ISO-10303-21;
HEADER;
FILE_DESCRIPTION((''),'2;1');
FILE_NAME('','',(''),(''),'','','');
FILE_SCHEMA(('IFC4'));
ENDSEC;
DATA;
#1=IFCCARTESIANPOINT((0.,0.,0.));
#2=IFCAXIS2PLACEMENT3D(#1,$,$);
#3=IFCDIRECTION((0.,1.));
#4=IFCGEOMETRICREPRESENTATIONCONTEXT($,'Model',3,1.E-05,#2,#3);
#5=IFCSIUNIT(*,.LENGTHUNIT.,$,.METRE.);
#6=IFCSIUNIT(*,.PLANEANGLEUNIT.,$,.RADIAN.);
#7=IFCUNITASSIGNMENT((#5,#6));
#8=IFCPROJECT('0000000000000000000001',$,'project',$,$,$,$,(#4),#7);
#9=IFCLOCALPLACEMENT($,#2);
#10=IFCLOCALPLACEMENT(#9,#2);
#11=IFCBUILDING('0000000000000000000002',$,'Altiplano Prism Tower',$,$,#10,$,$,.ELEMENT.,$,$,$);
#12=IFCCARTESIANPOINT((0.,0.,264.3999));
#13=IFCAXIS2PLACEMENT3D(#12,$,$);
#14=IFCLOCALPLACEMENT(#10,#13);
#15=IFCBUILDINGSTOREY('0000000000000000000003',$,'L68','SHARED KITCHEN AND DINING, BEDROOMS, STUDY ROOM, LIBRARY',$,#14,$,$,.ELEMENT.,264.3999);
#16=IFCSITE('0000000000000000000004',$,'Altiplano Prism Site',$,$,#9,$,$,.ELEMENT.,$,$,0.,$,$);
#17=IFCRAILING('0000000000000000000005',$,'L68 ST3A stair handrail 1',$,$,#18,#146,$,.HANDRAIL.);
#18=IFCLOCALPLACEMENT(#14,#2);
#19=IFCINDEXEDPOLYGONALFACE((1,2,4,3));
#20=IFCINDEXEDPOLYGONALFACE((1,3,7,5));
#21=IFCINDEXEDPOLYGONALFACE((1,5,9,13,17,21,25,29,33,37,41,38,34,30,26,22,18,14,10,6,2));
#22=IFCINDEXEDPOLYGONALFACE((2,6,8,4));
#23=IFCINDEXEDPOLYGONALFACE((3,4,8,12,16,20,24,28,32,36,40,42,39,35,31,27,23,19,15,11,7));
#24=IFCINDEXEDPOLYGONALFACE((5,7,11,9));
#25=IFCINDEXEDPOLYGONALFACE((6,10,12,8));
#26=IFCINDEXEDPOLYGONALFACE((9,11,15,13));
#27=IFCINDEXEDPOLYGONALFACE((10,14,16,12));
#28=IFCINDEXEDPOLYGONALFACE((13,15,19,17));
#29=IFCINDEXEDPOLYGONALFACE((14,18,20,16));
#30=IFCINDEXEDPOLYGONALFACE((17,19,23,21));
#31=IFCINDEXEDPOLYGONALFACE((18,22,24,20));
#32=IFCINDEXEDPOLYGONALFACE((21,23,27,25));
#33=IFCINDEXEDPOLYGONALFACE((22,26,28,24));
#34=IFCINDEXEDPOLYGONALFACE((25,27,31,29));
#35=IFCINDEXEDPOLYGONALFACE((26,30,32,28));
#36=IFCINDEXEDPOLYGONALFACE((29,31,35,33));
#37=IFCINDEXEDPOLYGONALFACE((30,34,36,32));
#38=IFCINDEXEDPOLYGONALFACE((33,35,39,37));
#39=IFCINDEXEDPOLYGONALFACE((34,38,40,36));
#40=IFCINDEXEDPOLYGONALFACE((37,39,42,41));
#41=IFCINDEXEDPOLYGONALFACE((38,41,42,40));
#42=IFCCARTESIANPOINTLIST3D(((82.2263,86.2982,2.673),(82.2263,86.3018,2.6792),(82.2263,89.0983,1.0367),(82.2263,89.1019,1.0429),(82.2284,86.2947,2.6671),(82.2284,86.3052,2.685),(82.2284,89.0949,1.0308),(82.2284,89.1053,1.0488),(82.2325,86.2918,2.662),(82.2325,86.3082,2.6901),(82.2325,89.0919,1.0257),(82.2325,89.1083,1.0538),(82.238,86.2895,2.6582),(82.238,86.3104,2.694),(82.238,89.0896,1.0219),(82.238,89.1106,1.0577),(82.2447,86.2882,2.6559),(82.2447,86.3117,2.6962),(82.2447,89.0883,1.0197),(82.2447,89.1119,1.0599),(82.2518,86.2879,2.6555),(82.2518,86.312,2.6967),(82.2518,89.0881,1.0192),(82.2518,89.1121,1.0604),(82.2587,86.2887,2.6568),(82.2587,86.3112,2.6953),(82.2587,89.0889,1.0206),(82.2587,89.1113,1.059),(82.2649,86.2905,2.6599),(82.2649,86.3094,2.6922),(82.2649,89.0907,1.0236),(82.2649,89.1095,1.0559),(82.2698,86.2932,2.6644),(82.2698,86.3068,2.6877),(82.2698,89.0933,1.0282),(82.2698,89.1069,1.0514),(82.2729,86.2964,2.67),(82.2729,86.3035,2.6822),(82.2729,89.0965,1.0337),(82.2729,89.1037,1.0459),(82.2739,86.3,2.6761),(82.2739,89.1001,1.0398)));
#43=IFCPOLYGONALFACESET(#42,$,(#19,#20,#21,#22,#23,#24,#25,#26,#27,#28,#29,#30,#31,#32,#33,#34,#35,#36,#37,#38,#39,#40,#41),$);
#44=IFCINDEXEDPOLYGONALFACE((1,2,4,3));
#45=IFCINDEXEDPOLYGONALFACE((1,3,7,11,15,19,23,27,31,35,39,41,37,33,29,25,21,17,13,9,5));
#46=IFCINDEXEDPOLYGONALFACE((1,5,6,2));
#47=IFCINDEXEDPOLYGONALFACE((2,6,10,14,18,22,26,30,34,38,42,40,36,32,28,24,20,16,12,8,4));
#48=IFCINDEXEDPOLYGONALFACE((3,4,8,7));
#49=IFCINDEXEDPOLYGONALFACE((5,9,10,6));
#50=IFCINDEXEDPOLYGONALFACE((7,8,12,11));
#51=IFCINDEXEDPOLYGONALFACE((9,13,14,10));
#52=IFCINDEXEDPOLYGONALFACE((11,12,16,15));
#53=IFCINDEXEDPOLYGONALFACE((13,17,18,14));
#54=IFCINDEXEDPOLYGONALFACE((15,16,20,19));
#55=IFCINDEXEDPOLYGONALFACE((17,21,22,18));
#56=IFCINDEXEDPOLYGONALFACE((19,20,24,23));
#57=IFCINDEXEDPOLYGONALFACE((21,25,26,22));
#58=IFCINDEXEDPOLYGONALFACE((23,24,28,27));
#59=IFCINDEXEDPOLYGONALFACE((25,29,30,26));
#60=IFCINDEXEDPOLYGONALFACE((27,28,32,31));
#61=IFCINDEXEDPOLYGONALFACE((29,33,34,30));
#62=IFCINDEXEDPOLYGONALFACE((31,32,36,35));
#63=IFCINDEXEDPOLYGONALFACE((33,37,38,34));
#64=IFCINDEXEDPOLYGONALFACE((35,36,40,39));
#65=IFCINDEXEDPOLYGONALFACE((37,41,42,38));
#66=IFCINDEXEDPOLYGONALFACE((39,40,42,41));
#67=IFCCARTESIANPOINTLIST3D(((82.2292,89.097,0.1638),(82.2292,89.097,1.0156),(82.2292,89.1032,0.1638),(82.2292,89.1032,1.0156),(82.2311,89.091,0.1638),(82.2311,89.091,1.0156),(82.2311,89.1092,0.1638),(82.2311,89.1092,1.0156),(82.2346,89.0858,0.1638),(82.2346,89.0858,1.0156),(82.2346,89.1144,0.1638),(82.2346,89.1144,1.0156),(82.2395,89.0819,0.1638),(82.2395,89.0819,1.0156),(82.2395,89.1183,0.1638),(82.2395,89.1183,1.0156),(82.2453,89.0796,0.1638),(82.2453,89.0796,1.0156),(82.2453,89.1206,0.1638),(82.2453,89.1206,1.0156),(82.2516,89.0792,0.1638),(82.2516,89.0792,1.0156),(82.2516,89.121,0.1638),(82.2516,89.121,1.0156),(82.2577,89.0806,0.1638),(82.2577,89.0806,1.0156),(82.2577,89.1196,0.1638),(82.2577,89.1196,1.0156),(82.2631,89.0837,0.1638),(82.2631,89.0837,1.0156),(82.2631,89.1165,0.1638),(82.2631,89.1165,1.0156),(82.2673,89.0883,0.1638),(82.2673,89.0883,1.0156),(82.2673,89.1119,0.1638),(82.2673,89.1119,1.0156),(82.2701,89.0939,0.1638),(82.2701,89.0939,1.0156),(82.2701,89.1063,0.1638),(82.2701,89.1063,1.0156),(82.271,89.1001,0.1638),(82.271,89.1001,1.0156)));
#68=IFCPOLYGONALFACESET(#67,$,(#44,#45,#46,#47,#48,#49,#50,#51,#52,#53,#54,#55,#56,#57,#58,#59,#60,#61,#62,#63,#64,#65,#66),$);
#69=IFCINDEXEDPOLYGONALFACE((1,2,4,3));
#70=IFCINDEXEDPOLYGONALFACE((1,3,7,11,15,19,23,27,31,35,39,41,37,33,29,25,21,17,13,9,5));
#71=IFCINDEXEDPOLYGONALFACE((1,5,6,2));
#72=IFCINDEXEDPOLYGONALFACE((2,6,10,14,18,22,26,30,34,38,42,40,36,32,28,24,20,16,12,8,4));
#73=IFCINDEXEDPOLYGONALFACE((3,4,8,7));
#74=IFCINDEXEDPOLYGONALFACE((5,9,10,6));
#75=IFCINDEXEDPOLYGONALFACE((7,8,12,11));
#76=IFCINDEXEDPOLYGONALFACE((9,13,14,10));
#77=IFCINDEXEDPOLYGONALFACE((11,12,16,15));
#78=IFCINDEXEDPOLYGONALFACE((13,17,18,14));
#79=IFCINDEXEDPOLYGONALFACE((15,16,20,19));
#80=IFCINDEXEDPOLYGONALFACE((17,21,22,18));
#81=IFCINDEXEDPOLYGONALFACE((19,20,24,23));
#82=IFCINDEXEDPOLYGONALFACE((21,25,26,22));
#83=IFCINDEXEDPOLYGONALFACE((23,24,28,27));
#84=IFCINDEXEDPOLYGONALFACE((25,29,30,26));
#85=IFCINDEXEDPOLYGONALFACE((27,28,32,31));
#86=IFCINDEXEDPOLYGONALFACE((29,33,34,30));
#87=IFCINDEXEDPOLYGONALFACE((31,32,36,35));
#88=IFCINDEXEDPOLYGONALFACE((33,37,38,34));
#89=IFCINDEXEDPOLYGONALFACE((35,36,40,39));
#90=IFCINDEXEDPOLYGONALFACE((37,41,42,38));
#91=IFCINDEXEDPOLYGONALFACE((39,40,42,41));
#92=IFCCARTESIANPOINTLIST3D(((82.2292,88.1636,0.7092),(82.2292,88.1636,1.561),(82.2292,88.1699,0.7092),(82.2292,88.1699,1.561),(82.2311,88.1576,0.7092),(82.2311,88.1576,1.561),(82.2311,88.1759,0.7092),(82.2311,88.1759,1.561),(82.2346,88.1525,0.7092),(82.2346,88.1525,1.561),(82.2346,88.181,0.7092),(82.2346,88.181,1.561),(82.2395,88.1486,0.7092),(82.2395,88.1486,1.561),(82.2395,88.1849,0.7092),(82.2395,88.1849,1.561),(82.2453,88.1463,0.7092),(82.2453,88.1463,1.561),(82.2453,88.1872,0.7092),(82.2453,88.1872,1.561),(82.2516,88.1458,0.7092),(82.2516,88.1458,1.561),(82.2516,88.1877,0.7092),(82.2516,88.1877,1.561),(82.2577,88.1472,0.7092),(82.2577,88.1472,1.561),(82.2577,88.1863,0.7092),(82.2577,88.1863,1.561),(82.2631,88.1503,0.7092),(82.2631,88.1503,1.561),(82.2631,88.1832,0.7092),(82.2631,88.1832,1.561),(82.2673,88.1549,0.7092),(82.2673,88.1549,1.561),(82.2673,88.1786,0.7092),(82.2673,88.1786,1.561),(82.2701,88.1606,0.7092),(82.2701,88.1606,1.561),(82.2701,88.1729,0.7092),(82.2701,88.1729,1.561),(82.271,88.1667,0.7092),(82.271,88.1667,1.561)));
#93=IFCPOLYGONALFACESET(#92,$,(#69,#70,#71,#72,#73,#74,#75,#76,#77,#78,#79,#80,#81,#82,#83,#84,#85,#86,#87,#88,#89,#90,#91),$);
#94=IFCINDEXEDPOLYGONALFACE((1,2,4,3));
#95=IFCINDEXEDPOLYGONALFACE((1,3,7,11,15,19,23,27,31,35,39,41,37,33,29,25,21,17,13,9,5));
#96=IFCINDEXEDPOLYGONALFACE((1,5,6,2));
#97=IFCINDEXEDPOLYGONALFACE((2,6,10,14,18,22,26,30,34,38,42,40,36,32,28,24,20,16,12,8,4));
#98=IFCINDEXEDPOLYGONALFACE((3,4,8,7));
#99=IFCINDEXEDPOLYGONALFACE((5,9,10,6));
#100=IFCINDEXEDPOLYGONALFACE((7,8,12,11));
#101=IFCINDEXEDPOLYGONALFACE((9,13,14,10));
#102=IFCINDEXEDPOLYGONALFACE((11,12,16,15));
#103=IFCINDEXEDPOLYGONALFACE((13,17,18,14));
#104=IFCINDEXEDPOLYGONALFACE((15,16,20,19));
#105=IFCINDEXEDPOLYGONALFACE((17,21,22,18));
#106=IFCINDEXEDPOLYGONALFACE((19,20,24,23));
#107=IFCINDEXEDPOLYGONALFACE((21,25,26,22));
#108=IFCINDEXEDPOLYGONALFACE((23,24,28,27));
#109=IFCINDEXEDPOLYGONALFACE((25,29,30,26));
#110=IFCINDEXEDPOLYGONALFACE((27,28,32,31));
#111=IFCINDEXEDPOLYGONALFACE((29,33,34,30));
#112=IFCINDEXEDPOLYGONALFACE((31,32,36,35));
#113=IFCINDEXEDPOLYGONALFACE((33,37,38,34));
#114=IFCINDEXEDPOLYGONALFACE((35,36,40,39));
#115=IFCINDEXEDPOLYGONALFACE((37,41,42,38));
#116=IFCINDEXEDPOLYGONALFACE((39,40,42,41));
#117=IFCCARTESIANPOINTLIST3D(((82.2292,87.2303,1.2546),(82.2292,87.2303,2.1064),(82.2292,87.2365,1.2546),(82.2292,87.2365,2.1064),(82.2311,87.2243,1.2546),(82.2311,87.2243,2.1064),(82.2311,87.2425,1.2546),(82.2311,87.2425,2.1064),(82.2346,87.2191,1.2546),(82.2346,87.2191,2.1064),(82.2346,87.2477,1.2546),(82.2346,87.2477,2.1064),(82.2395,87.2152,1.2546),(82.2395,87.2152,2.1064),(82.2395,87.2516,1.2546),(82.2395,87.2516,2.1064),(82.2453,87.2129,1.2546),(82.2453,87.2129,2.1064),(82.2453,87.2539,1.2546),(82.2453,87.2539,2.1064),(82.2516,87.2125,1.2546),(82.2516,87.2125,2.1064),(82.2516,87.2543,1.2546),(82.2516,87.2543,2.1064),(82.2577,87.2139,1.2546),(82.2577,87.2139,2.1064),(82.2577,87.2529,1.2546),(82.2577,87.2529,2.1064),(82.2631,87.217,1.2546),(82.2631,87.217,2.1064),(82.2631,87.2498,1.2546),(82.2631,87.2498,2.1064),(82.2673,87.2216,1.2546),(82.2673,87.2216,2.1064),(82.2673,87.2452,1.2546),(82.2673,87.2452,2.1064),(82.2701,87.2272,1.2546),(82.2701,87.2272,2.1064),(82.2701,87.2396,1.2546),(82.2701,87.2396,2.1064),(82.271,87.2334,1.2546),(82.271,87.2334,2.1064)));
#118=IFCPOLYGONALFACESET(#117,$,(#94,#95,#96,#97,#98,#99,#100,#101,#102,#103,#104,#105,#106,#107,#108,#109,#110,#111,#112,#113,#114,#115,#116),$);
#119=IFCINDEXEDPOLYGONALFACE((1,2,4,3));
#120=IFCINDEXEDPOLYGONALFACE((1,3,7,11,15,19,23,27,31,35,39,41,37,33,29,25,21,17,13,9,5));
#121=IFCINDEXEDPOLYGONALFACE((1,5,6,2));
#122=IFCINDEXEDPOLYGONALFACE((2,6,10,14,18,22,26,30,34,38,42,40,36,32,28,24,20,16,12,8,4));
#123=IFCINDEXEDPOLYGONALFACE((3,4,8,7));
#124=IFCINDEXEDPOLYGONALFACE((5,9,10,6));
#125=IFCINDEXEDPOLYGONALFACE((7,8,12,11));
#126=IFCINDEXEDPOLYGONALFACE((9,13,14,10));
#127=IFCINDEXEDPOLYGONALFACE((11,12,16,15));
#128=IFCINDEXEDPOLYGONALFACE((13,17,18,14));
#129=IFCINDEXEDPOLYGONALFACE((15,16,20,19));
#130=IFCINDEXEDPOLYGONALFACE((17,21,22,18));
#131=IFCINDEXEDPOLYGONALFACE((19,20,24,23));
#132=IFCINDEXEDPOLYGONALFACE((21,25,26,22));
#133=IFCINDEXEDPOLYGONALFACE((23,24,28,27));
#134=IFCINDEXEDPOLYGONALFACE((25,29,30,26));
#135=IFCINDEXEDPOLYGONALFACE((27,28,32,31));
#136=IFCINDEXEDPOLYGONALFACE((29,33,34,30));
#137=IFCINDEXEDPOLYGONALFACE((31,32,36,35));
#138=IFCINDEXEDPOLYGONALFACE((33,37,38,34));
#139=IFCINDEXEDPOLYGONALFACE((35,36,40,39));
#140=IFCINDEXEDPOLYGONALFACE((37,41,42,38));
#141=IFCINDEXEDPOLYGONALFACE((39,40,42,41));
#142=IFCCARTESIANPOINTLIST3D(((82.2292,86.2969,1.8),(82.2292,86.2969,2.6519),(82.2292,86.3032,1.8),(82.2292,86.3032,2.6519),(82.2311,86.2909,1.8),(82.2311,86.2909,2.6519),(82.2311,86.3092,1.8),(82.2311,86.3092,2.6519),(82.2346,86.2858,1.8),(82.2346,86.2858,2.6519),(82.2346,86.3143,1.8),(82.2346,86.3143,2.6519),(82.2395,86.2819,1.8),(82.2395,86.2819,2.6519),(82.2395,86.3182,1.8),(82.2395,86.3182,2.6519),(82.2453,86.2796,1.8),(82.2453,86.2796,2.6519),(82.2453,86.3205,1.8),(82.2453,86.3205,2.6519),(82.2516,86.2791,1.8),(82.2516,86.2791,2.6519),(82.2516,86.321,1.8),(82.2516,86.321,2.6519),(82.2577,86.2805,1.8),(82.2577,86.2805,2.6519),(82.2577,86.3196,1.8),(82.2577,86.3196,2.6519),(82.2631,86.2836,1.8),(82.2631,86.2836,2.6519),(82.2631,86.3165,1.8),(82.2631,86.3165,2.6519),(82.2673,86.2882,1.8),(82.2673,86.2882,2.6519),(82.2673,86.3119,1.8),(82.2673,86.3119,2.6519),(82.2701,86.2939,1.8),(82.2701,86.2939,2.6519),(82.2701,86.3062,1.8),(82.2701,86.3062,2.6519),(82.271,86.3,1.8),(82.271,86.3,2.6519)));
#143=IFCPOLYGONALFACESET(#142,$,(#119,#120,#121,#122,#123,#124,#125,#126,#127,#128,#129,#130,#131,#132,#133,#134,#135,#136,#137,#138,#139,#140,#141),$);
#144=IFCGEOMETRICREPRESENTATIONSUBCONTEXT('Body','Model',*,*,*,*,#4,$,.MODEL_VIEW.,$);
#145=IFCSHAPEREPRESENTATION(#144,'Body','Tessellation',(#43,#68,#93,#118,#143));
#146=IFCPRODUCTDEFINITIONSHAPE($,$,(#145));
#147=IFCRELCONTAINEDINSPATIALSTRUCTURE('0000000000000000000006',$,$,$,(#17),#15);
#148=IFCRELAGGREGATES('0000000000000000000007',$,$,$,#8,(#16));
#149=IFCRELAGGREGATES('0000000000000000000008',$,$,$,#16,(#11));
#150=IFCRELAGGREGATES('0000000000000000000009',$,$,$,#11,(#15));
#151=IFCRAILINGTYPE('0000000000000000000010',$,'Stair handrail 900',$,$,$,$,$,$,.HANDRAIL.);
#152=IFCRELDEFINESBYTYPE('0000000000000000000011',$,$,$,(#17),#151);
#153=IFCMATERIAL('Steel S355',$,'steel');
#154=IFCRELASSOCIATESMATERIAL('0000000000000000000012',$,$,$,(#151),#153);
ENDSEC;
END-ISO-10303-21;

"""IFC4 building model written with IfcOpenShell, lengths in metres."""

from ifc_helpers import new_model, si_unit, direction, frame, origin, origin_2d, place, context, subcontext, project, spatial, circle, extrude, material, type_object, element, save


model = new_model("IFC4")

# Units and contexts
model_context = context("Model", 3, precision=1e-05, world=origin(), true_north=direction((0.0, 1.0)))
body_context = subcontext(model_context, "Body", "Model", "MODEL_VIEW")
ifc_project = project(units=[si_unit("LENGTHUNIT", "METRE"), si_unit("PLANEANGLEUNIT", "RADIAN")], contexts=[model_context])

# Site, building, storey
site_placement = place(None, origin())
site = spatial("IfcSite", under=ifc_project, at=site_placement, Name="Altiplano Prism Site", CompositionType="ELEMENT", RefElevation=0.0)
building_placement = place(site_placement, origin())
building = spatial("IfcBuilding", under=site, at=building_placement, Name="Altiplano Prism Tower", CompositionType="ELEMENT")
storey_placement = place(building_placement, frame((0.0, 0.0, 264.3999)))
storey = spatial("IfcBuildingStorey", under=building, at=storey_placement, Name="L68", Description="SHARED KITCHEN AND DINING, BEDROOMS, STUDY ROOM, LIBRARY", CompositionType="ELEMENT", Elevation=264.3999)

# Shared definitions
ifc_material_1 = material(Name="Steel S355", Category="steel")

# Railing
railing_type_1 = type_object("IfcRailingType", Name="Stair handrail 900", PredefinedType="HANDRAIL", material=ifc_material_1)
railing_1_placement = place(storey_placement, frame((82.25, 89.1001, 0.1638)))
element("IfcRailing", 1, at=railing_1_placement, inside=storey, type_object=railing_type_1, Name="L68 ST3A stair handrail 1", PredefinedType="HANDRAIL", context=body_context, shape_type="SweptSolid", body=[
    extrude(circle(Radius=0.0239, at=origin_2d()), frame((0.0, 0.0, 0.876), z_axis=(0.0, -0.863394, 0.504531), x_axis=(1.0, 0.0, 0.0)), (0.0, 0.0, 1.0), 3.2432),
    extrude(circle(Radius=0.021, at=origin_2d()), origin(), (0.0, 0.0, 1.0), 0.8518),
    extrude(circle(Radius=0.021, at=origin_2d()), frame((0.0, -0.9333, 0.5454)), (0.0, 0.0, 1.0), 0.8518),
    extrude(circle(Radius=0.021, at=origin_2d()), frame((0.0, -1.8667, 1.0908)), (0.0, 0.0, 1.0), 0.8518),
    extrude(circle(Radius=0.021, at=origin_2d()), frame((0.0, -2.8, 1.6362)), (0.0, 0.0, 1.0), 0.8518),
])

save(model, "model.ifc")
